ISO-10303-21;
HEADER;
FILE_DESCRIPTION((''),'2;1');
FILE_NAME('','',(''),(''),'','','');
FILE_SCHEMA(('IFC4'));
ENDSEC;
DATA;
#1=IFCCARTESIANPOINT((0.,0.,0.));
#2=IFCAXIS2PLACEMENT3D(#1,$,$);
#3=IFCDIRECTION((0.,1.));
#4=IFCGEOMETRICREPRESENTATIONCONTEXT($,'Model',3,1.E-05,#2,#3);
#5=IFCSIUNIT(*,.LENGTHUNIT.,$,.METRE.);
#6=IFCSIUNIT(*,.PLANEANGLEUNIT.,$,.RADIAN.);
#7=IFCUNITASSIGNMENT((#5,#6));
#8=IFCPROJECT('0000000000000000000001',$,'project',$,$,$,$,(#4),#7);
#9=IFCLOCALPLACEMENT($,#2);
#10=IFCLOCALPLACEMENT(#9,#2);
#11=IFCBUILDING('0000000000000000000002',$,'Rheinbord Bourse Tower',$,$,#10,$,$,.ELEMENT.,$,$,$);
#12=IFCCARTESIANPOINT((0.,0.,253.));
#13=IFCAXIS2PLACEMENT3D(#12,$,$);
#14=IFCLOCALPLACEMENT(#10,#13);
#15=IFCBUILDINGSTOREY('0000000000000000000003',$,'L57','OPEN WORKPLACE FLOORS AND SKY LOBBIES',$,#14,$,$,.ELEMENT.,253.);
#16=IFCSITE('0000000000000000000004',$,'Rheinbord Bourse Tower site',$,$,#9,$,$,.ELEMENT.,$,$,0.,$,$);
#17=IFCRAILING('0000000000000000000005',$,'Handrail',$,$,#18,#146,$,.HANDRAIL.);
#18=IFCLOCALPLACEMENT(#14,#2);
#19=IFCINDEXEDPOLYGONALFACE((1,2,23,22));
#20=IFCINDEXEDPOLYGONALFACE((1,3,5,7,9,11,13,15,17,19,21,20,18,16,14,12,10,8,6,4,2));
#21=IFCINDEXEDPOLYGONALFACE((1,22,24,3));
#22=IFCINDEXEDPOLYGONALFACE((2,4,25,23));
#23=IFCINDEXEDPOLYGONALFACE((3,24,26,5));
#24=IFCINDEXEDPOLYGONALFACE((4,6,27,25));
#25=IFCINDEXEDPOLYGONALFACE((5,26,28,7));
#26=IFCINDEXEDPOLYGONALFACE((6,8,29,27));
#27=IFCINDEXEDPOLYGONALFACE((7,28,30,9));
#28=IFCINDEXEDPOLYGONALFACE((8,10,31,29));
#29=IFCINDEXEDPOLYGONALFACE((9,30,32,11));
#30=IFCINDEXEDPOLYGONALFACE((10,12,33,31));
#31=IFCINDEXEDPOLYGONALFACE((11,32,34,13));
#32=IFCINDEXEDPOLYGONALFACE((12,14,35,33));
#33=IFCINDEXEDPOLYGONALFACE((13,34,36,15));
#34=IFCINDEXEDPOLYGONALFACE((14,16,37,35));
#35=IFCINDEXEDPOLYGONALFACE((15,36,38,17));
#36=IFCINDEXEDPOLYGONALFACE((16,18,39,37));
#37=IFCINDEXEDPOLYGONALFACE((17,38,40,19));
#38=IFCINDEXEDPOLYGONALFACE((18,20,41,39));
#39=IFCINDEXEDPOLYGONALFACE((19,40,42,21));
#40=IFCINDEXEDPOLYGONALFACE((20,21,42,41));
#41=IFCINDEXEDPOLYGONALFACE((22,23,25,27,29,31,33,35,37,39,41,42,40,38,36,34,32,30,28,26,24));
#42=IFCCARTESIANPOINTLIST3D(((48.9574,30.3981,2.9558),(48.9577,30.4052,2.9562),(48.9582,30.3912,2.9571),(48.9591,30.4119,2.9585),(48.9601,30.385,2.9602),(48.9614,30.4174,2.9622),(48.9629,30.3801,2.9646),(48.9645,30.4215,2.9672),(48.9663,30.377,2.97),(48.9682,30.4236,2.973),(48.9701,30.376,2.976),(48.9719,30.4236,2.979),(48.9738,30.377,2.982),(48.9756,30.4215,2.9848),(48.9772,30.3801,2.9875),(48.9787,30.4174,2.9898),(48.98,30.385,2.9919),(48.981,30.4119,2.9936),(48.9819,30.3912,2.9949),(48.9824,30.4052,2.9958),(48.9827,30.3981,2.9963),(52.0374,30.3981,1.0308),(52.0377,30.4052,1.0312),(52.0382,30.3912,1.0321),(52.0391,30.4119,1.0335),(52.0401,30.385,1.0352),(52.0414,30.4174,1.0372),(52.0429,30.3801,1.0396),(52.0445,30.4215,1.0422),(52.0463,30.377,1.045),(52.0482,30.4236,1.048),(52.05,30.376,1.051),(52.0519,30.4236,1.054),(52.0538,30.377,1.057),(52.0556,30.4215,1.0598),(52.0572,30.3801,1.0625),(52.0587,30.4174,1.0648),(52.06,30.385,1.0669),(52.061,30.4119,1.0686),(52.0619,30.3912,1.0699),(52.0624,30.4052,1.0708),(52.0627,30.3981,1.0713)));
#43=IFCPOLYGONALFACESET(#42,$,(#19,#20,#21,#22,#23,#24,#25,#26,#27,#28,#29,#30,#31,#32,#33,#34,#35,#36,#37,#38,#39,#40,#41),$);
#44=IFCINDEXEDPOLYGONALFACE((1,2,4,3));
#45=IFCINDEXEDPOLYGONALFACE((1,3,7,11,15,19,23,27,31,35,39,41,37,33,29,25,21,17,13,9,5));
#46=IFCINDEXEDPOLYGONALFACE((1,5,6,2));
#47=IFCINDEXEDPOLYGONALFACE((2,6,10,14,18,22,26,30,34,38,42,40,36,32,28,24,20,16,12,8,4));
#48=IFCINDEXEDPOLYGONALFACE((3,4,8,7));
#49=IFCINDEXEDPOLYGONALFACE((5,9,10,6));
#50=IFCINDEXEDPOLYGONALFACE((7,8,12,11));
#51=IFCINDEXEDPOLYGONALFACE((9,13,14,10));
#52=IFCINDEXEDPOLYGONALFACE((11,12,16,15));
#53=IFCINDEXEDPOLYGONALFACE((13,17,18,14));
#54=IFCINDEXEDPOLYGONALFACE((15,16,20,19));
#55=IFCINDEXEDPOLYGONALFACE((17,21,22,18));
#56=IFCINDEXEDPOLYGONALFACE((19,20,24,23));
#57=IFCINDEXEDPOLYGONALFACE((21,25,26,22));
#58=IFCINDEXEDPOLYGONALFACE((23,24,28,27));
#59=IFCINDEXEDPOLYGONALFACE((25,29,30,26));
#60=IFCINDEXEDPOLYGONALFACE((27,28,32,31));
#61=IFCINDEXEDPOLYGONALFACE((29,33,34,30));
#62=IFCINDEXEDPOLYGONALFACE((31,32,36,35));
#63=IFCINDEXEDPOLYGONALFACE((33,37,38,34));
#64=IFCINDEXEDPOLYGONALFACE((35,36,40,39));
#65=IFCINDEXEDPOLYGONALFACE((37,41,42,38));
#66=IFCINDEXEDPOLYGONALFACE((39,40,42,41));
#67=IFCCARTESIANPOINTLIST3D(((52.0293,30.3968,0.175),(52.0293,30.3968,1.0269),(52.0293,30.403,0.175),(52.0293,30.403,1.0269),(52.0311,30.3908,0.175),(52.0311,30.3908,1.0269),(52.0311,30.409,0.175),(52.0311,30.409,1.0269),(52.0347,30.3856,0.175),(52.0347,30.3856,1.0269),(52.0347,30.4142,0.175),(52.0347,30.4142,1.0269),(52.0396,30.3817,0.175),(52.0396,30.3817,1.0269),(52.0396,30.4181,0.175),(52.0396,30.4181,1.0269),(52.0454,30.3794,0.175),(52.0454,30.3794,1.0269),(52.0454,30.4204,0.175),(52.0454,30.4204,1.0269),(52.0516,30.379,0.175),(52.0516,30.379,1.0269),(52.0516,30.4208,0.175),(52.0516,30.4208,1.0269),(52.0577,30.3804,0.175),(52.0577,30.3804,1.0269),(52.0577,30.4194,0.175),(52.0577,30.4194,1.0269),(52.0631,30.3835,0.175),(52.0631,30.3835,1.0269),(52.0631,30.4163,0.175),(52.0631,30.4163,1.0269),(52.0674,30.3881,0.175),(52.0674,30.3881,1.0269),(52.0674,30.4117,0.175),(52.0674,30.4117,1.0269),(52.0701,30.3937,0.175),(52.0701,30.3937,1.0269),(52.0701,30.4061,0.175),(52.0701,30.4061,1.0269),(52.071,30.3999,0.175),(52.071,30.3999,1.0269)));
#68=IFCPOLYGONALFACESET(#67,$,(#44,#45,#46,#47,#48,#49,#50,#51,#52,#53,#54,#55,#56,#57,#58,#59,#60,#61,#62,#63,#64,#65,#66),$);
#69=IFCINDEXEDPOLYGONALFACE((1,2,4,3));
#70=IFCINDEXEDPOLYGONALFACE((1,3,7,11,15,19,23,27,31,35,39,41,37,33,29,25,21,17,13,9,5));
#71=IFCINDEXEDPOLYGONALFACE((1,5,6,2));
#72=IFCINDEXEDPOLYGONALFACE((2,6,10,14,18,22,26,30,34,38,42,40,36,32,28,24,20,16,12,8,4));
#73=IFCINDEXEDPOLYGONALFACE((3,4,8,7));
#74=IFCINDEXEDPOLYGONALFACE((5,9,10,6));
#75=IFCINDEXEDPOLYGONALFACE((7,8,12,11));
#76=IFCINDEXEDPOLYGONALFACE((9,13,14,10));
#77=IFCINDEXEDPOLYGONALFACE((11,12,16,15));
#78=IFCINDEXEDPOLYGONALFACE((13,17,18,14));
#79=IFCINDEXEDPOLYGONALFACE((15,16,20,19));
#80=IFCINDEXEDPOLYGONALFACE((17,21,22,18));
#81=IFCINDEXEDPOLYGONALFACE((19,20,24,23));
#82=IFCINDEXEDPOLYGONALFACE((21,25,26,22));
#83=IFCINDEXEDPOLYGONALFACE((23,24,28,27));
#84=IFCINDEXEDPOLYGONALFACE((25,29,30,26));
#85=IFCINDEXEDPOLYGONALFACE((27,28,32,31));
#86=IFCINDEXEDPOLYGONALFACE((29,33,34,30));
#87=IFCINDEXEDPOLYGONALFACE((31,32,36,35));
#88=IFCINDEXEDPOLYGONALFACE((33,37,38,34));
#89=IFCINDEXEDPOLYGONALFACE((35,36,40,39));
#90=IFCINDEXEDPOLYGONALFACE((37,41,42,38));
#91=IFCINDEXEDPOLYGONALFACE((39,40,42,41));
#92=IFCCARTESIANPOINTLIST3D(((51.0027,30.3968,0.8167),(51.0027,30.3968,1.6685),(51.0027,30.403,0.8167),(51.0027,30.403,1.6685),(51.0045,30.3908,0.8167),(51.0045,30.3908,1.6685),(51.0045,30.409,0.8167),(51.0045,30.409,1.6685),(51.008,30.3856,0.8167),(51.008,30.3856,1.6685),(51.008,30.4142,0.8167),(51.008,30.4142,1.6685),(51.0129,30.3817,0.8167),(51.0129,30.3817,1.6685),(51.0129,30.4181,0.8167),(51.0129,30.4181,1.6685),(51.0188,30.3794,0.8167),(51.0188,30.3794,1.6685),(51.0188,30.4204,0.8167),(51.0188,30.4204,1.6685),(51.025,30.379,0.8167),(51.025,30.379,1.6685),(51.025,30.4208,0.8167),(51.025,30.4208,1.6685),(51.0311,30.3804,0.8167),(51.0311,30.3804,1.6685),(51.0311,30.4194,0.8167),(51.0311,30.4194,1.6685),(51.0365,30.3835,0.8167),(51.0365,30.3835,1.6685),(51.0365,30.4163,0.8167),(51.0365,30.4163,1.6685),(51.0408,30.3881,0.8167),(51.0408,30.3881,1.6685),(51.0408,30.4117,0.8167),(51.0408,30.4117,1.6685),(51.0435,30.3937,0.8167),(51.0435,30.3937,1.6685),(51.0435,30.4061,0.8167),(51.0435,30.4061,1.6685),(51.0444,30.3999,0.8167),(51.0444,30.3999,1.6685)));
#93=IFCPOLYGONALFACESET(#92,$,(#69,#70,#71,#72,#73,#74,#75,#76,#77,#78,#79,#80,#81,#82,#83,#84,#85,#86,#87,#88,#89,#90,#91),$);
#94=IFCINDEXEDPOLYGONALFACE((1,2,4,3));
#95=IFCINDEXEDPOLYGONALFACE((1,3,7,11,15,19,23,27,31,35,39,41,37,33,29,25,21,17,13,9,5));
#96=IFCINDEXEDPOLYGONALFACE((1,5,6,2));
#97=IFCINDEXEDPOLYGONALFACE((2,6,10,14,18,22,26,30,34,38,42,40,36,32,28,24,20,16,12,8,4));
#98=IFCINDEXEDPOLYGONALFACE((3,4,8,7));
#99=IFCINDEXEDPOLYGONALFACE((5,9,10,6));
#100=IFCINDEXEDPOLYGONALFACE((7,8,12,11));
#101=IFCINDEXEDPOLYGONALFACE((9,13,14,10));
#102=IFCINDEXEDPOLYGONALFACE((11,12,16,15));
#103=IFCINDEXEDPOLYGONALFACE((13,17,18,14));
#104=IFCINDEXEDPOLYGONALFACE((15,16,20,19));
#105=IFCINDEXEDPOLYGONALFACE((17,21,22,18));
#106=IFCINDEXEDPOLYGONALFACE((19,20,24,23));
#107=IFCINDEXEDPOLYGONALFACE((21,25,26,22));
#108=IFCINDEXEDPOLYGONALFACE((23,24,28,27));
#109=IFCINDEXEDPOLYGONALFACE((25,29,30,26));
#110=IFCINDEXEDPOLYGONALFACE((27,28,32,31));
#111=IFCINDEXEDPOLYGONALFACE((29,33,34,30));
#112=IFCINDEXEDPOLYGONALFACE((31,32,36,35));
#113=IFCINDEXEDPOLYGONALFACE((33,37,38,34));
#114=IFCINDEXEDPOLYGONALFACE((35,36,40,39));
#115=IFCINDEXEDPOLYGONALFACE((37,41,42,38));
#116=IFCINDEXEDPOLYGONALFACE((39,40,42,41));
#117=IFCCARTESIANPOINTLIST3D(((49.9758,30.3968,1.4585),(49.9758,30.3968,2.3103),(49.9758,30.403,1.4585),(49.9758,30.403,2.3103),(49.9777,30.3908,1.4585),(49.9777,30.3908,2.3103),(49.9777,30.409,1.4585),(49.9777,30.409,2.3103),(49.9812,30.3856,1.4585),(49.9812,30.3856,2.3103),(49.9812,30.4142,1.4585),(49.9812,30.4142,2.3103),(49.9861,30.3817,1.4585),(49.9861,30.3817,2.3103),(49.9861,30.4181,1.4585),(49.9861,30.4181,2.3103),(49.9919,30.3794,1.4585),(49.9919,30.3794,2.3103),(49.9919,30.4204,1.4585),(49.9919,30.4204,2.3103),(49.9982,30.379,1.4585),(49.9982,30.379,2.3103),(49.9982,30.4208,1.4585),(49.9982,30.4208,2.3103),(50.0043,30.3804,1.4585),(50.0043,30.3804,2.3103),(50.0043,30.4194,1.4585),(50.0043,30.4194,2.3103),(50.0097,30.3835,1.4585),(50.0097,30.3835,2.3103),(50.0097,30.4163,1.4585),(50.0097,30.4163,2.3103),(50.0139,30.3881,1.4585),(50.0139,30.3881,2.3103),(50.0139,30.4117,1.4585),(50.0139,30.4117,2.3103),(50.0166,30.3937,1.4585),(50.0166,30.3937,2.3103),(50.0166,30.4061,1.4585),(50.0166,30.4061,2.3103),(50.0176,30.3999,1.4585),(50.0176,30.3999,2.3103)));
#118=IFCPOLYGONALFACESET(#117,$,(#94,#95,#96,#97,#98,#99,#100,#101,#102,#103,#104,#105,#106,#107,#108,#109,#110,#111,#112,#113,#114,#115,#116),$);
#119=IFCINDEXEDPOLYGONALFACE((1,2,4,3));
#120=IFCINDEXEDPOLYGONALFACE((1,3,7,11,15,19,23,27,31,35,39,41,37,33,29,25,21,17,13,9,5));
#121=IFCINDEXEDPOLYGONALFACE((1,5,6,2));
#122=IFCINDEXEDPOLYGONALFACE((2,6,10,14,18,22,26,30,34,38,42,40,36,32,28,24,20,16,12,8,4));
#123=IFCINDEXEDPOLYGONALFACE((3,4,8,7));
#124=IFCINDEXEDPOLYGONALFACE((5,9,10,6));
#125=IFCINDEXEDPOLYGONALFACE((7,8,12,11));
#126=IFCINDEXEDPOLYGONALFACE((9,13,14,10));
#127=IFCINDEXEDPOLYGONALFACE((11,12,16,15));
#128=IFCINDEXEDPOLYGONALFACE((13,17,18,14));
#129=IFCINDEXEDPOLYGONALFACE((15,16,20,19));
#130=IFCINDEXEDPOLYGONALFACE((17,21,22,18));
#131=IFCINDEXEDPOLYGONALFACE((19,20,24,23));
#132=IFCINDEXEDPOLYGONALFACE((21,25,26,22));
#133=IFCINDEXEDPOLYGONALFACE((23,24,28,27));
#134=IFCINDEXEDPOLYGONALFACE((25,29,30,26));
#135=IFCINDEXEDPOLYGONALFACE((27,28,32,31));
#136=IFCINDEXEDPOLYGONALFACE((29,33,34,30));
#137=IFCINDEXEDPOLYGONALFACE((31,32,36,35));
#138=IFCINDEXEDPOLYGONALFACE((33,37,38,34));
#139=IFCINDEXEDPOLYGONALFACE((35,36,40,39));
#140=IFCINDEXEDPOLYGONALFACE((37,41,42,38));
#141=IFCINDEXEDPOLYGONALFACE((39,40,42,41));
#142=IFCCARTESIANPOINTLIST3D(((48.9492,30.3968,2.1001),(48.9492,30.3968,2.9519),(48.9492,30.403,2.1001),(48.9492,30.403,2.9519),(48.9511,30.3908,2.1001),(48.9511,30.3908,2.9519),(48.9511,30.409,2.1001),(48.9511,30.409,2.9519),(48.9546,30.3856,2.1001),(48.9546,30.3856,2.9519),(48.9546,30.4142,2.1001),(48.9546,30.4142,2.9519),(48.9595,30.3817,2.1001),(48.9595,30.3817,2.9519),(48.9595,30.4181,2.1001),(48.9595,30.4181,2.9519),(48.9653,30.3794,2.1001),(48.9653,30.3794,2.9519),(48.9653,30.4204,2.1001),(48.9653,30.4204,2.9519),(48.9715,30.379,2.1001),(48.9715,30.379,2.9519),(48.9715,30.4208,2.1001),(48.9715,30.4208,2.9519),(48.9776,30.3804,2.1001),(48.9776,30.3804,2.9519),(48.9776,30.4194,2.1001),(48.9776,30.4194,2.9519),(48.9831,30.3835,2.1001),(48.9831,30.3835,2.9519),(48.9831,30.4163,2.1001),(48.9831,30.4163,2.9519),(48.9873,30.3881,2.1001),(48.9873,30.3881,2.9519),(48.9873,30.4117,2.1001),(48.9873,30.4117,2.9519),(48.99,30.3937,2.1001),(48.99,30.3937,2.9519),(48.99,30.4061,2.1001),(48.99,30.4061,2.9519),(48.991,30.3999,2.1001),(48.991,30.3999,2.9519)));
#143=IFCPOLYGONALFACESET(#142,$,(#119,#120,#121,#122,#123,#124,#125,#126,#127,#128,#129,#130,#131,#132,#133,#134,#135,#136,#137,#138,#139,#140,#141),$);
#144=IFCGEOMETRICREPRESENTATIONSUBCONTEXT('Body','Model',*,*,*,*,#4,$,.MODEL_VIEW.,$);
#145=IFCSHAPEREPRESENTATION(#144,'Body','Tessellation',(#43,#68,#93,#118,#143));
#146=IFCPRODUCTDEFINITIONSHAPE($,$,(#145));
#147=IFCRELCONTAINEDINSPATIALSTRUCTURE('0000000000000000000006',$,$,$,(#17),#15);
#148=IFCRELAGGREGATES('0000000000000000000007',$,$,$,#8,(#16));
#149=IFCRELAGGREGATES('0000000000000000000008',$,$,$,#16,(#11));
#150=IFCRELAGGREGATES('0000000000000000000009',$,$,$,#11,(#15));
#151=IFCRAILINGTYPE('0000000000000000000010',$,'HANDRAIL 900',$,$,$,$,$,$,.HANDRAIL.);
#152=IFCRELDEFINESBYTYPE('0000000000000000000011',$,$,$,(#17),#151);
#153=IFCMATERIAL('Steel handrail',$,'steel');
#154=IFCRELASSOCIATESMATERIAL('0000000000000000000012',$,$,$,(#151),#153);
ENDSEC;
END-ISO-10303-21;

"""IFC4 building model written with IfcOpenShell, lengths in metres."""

from ifc_helpers import new_model, si_unit, direction, frame, origin, origin_2d, place, context, subcontext, project, spatial, circle, extrude, material, type_object, element, save


model = new_model("IFC4")

# Units and contexts
model_context = context("Model", 3, precision=1e-05, world=origin(), true_north=direction((0.0, 1.0)))
body_context = subcontext(model_context, "Body", "Model", "MODEL_VIEW")
ifc_project = project(units=[si_unit("LENGTHUNIT", "METRE"), si_unit("PLANEANGLEUNIT", "RADIAN")], contexts=[model_context])

# Site, building, storey
site_placement = place(None, origin())
site = spatial("IfcSite", under=ifc_project, at=site_placement, Name="Rheinbord Bourse Tower site", CompositionType="ELEMENT", RefElevation=0.0)
building_placement = place(site_placement, origin())
building = spatial("IfcBuilding", under=site, at=building_placement, Name="Rheinbord Bourse Tower", CompositionType="ELEMENT")
storey_placement = place(building_placement, frame((0.0, 0.0, 253.0)))
storey = spatial("IfcBuildingStorey", under=building, at=storey_placement, Name="L57", Description="OPEN WORKPLACE FLOORS AND SKY LOBBIES", CompositionType="ELEMENT", Elevation=253.0)

# Railing
ifc_material_1 = material(Name="Steel handrail", Category="steel")
railing_type = type_object("IfcRailingType", Name="HANDRAIL 900", PredefinedType="HANDRAIL", material=ifc_material_1)
railing_1_placement = place(storey_placement, frame((52.05, 30.3999, 0.175)))
element("IfcRailing", 1, at=railing_1_placement, inside=storey, type_object=railing_type, Name="Handrail", PredefinedType="HANDRAIL", context=body_context, shape_type="SweptSolid", body=[
    extrude(circle(Radius=0.0239, at=origin_2d()), frame((0.0, 0.0, 0.876), z_axis=(-0.847998, 0.0, 0.529999), x_axis=(0.0, -1.0, 0.0)), (0.0, 0.0, 1.0), 3.6321),
    extrude(circle(Radius=0.021, at=origin_2d()), origin(), (0.0, 0.0, 1.0), 0.8518),
    extrude(circle(Radius=0.021, at=origin_2d()), frame((-1.0266, 0.0, 0.6416)), (0.0, 0.0, 1.0), 0.8518),
    extrude(circle(Radius=0.021, at=origin_2d()), frame((-2.0535, 0.0, 1.2834)), (0.0, 0.0, 1.0), 0.8518),
    extrude(circle(Radius=0.021, at=origin_2d()), frame((-3.0801, 0.0, 1.925)), (0.0, 0.0, 1.0), 0.8518),
])

save(model, "model.ifc")
